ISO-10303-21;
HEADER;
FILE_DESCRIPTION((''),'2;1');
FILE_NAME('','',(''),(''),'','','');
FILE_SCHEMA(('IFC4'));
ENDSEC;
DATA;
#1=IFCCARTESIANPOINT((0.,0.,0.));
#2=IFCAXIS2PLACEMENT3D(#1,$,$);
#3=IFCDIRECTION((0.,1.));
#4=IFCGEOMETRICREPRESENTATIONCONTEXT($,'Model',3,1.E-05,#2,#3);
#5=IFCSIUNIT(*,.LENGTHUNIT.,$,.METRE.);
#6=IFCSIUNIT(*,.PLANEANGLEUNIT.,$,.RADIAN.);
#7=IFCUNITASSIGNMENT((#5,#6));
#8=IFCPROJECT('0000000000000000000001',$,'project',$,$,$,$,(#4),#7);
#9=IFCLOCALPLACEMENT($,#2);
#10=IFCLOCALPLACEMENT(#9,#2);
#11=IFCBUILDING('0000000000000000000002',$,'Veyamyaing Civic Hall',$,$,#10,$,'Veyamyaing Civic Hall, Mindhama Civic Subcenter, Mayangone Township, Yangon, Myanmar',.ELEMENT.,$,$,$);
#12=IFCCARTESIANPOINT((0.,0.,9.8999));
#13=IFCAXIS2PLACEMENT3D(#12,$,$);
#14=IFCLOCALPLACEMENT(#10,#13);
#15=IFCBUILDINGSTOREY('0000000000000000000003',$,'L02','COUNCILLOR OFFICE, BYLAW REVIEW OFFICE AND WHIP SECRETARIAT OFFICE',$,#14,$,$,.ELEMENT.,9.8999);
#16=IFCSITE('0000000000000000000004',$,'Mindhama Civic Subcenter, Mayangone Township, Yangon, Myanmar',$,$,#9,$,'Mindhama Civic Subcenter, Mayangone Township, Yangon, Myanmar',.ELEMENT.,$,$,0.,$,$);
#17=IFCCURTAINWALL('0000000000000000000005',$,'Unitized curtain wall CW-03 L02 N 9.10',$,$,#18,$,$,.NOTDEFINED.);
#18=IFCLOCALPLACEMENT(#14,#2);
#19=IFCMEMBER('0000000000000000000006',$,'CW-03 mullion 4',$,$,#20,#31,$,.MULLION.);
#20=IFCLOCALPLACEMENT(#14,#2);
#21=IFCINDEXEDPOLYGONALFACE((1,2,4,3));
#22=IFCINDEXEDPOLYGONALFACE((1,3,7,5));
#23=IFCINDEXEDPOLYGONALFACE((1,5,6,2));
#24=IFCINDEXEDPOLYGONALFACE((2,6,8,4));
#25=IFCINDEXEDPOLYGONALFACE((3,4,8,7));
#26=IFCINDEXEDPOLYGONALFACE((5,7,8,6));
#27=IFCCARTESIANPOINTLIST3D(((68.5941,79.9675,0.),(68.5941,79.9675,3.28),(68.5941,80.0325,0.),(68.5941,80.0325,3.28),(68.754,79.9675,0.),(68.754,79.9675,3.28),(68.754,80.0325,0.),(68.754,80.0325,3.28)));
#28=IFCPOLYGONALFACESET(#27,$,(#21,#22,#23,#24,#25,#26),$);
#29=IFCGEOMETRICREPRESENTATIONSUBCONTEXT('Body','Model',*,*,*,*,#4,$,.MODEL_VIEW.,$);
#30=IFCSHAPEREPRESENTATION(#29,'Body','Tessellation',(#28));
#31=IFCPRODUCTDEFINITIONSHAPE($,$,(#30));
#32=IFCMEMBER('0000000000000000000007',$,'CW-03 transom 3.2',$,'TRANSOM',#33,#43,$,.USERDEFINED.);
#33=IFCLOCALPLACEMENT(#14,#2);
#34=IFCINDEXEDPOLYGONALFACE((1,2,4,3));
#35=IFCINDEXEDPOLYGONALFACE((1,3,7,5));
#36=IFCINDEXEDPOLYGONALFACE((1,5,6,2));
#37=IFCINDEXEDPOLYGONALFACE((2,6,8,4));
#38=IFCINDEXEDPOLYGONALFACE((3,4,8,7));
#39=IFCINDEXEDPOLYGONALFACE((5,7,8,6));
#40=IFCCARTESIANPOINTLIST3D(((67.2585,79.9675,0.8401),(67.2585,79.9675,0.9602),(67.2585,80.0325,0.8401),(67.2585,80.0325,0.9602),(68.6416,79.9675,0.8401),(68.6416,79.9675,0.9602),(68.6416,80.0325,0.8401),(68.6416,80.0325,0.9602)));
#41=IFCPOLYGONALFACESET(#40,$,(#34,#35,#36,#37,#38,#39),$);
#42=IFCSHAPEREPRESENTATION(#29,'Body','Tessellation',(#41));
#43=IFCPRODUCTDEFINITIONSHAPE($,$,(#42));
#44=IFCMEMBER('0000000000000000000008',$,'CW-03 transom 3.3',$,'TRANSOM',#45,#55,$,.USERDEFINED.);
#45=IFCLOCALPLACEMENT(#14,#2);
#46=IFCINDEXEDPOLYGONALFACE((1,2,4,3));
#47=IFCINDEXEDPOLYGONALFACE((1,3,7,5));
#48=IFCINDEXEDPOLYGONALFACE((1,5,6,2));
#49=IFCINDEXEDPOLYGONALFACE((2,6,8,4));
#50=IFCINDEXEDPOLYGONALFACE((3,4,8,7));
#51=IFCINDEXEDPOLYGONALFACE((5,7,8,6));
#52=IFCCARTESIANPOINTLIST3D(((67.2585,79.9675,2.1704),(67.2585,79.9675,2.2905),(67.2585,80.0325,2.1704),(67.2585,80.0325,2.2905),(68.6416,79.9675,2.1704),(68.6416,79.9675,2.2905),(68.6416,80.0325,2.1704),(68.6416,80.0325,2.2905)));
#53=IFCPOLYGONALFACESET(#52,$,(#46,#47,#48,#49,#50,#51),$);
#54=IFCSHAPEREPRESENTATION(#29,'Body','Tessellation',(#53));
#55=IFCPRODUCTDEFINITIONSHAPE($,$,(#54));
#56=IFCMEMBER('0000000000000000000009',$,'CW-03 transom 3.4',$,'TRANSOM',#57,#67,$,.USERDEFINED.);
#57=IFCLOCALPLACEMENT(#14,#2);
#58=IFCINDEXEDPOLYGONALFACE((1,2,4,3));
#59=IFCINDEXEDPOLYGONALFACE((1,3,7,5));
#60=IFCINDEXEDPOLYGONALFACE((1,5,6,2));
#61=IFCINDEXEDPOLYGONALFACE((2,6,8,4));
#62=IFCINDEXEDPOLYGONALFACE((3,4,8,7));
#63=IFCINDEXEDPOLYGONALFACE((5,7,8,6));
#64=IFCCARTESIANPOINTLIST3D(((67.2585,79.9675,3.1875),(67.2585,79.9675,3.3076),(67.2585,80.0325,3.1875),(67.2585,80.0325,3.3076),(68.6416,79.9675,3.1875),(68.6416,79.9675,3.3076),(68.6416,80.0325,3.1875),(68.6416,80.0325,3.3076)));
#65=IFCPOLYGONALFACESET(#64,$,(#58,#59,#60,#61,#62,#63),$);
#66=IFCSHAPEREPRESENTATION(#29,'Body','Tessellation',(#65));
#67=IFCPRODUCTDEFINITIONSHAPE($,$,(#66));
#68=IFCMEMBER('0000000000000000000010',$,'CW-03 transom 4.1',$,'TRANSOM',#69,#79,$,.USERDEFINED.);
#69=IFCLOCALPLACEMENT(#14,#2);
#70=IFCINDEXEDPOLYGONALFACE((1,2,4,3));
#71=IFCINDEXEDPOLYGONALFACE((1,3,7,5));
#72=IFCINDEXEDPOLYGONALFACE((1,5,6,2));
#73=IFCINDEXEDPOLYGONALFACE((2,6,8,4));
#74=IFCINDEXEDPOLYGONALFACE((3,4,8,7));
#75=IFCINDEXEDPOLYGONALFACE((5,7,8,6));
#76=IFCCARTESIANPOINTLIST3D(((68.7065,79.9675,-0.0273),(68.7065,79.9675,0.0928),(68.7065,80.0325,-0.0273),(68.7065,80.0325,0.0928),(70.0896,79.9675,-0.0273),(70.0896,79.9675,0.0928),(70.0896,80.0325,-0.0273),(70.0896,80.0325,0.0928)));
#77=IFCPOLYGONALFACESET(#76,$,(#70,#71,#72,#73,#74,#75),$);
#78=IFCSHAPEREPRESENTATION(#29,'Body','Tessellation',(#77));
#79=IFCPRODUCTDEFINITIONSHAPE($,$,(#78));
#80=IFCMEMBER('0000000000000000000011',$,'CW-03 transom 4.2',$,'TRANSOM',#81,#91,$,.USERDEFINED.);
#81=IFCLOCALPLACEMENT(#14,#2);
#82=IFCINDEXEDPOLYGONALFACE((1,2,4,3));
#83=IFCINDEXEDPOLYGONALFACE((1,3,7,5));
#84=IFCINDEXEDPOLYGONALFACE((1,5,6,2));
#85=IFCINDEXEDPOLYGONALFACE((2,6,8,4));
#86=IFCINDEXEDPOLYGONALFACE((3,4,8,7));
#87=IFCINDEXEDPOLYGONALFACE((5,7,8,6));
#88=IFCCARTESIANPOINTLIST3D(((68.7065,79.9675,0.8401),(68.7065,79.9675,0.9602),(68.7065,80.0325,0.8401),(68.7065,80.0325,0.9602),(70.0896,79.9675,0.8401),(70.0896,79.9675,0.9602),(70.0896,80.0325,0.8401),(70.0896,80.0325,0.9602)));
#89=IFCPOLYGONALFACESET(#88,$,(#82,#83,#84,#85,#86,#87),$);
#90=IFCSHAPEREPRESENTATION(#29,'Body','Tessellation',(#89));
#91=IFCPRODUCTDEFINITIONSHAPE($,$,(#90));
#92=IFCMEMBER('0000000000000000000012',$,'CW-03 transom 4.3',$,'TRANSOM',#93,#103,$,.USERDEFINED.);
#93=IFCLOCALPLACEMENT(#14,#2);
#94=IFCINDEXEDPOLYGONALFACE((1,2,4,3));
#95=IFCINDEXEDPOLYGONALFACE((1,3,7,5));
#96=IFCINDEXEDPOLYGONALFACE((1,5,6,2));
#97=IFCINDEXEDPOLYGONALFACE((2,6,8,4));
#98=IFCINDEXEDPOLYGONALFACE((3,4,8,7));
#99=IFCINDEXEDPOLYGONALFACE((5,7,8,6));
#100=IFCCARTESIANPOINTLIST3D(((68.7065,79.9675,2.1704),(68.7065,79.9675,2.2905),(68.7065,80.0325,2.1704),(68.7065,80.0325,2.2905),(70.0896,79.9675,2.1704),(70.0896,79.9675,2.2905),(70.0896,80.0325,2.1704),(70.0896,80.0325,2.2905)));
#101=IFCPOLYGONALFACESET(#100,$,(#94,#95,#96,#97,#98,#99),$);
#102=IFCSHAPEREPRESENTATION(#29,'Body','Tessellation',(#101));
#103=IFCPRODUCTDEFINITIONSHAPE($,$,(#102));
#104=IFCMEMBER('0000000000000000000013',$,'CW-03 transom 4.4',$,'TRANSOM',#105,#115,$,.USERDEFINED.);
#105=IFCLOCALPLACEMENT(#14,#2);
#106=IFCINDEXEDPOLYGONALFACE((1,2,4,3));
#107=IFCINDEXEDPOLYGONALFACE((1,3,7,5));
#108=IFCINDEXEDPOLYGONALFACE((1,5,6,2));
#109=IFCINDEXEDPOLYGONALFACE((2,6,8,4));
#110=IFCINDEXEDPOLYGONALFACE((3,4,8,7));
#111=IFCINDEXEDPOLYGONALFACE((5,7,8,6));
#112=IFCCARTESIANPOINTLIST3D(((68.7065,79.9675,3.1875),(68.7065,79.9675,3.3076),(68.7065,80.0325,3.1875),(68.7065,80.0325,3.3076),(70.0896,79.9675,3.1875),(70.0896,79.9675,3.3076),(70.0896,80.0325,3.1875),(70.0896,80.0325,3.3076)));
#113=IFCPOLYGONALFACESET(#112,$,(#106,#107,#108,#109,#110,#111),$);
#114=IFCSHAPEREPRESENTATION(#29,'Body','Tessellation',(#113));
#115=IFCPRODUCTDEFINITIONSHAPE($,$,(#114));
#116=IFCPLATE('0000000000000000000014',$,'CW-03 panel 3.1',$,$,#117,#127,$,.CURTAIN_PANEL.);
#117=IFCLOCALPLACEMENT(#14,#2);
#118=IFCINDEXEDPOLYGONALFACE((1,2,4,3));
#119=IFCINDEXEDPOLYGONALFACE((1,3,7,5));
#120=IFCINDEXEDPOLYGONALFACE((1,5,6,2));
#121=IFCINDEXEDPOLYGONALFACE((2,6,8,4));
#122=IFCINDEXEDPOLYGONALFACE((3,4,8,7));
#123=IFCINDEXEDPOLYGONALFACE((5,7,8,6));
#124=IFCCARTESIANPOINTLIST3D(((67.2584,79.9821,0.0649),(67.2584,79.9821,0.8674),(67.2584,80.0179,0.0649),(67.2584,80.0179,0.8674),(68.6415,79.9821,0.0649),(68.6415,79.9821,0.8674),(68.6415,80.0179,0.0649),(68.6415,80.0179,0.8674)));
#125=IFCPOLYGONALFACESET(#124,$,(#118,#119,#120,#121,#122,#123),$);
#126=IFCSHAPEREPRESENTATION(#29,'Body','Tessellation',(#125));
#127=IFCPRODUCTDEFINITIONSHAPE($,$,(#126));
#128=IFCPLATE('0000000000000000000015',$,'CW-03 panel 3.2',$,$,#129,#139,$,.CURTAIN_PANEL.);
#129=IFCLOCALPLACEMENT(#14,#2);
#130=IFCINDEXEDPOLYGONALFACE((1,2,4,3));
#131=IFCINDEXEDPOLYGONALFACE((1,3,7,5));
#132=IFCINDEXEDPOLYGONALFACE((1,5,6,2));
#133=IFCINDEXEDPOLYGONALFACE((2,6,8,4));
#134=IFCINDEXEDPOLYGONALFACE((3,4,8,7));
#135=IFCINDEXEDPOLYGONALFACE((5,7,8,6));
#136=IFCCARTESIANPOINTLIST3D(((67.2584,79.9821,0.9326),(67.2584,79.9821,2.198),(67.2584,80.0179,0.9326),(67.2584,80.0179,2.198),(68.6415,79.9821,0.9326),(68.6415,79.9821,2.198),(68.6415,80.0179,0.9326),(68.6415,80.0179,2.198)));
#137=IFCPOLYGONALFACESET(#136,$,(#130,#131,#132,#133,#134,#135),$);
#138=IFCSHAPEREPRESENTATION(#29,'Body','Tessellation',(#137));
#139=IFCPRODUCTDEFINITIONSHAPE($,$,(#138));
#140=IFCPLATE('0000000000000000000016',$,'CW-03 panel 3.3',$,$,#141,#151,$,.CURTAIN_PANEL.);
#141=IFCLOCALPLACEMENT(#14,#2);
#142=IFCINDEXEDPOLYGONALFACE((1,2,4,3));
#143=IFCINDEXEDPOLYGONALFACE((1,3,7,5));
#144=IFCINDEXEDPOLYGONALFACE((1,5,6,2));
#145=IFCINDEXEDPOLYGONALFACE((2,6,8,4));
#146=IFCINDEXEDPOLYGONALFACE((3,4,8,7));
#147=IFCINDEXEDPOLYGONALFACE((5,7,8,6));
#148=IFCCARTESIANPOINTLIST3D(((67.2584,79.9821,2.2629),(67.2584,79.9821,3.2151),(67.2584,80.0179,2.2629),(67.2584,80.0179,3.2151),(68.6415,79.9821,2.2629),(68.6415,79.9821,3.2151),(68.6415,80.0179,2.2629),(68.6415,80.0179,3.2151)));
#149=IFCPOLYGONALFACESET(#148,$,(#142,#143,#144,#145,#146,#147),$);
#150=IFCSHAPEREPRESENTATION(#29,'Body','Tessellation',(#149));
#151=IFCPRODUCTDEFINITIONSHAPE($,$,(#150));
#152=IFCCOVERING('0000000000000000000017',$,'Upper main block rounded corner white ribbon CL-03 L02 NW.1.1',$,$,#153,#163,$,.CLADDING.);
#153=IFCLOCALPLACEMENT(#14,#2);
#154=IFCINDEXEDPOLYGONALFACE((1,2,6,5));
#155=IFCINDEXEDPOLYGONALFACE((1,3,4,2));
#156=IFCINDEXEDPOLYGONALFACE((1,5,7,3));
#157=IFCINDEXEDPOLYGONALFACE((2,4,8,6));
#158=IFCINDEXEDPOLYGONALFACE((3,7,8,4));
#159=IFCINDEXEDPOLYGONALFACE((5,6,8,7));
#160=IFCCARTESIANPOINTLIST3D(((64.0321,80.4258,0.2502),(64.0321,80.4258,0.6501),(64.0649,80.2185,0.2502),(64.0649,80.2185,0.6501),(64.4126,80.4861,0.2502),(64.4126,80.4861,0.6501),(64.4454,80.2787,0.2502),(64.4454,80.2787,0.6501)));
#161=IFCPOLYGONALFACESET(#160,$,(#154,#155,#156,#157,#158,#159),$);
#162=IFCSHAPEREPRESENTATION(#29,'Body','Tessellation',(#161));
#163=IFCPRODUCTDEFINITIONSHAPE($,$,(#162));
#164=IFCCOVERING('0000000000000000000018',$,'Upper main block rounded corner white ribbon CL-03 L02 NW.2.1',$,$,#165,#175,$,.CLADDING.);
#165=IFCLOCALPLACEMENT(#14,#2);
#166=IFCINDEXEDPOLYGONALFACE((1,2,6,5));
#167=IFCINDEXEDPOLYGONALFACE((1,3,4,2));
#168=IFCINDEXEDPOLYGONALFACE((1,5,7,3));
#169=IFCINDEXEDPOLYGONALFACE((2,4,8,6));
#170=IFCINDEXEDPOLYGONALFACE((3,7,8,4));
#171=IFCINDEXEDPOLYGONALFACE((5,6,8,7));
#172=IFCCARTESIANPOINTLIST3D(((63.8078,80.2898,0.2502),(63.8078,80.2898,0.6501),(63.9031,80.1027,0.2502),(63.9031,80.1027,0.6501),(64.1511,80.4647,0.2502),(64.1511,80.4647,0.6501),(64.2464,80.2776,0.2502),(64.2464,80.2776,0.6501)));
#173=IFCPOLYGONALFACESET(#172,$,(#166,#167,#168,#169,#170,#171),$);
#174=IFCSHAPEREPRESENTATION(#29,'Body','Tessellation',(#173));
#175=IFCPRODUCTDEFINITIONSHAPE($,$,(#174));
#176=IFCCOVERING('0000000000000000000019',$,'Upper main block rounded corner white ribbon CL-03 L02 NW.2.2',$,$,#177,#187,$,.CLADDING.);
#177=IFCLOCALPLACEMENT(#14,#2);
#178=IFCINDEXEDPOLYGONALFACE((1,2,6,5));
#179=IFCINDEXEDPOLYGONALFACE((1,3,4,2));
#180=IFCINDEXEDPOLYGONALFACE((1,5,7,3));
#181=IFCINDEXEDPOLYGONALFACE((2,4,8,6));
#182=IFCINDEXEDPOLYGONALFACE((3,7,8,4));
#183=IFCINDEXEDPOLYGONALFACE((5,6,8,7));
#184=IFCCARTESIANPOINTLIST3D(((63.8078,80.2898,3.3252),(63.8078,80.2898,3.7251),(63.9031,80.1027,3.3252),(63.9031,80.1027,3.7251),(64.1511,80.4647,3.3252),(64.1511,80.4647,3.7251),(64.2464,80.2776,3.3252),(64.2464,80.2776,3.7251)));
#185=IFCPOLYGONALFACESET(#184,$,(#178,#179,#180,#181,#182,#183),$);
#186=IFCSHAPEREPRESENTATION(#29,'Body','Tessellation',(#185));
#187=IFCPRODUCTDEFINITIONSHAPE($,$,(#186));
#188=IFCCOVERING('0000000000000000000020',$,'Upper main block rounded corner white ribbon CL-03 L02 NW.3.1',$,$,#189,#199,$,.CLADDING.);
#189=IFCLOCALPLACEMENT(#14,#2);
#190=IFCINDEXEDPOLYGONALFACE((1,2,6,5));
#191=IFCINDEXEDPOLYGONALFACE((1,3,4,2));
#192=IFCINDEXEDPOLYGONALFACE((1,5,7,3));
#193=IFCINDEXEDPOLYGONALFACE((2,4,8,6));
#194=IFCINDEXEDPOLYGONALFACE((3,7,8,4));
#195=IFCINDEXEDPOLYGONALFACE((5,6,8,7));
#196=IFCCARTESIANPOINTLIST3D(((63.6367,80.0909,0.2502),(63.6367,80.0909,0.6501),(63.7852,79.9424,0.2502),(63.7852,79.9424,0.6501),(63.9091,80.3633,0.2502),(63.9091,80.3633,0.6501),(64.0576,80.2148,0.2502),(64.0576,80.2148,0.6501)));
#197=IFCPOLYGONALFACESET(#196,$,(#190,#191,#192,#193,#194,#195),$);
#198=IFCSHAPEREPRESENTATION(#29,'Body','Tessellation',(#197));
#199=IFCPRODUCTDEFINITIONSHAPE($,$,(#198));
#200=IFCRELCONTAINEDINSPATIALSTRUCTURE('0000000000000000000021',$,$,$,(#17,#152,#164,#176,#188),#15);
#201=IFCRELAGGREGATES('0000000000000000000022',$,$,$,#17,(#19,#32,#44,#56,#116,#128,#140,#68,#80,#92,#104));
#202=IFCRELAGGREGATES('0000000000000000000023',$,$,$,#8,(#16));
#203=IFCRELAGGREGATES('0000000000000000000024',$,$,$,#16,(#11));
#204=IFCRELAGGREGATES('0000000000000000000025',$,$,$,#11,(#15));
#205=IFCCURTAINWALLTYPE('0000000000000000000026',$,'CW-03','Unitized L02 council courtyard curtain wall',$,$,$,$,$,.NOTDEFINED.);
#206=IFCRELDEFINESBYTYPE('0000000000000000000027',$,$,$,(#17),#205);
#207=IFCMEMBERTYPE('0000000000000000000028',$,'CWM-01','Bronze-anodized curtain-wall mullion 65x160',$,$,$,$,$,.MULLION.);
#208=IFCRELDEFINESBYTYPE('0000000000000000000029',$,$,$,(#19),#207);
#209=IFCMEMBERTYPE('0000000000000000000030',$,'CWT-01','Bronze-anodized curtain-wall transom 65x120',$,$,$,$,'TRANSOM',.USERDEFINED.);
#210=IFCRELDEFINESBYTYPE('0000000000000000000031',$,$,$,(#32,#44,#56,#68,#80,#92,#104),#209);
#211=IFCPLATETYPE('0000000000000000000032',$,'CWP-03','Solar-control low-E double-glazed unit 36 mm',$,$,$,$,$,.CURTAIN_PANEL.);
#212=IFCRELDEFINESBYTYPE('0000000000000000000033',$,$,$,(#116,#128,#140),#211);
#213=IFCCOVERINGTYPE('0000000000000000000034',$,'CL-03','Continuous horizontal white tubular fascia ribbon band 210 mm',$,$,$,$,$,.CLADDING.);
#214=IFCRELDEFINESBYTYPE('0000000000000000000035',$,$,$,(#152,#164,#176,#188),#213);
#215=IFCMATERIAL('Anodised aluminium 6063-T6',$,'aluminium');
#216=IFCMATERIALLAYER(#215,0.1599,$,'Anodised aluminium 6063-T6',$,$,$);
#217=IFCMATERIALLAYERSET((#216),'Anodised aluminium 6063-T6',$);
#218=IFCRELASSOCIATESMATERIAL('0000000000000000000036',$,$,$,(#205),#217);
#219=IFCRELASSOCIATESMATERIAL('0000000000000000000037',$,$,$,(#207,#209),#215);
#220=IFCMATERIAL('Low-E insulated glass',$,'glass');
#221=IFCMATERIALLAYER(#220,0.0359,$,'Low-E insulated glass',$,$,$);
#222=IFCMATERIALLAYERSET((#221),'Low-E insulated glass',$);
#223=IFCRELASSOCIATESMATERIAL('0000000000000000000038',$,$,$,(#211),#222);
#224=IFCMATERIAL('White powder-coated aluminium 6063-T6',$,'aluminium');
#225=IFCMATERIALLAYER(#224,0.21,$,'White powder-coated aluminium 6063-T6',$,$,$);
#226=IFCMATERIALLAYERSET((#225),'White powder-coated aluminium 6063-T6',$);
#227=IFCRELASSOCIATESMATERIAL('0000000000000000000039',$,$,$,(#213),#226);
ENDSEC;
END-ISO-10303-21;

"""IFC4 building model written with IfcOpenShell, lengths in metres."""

from ifc_helpers import new_model, si_unit, direction, frame, origin, origin_2d, place, context, subcontext, project, spatial, rectangle, extrude, material, layer, layer_set, material_profile, profile_set, type_object, element, aggregate, save


model = new_model("IFC4")

# Units and contexts
model_context = context("Model", 3, precision=1e-05, world=origin(), true_north=direction((0.0, 1.0)))
body_context = subcontext(model_context, "Body", "Model", "MODEL_VIEW")
ifc_project = project(units=[si_unit("LENGTHUNIT", "METRE"), si_unit("PLANEANGLEUNIT", "RADIAN")], contexts=[model_context])

# Site, building, storey
site_placement = place(None, origin())
site = spatial("IfcSite", under=ifc_project, at=site_placement, Name="Mindhama Civic Subcenter, Mayangone Township, Yangon, Myanmar", LongName="Mindhama Civic Subcenter, Mayangone Township, Yangon, Myanmar", CompositionType="ELEMENT", RefElevation=0.0)
building_placement = place(site_placement, origin())
building = spatial("IfcBuilding", under=site, at=building_placement, Name="Veyamyaing Civic Hall", LongName="Veyamyaing Civic Hall, Mindhama Civic Subcenter, Mayangone Township, Yangon, Myanmar", CompositionType="ELEMENT")
storey_placement = place(building_placement, frame((0.0, 0.0, 9.8999)))
storey = spatial("IfcBuildingStorey", under=building, at=storey_placement, Name="L02", Description="COUNCILLOR OFFICE, BYLAW REVIEW OFFICE AND WHIP SECRETARIAT OFFICE", CompositionType="ELEMENT", Elevation=9.8999)

# Curtain wall, members, plates
ifc_material_1 = material(Name="Anodised aluminium 6063-T6", Category="aluminium")
ifc_layer_1 = layer(ifc_material_1, 0.1599, Name="Anodised aluminium 6063-T6")
ifc_layer_set_1 = layer_set([ifc_layer_1], Name="Anodised aluminium 6063-T6")
curtain_wall_type = type_object("IfcCurtainWallType", Name="CW-03", Description="Unitized L02 council courtyard curtain wall", PredefinedType="NOTDEFINED", material=ifc_layer_set_1)
curtain_wall_placement = place(storey_placement, origin())
curtain_wall = element("IfcCurtainWall", 1, at=curtain_wall_placement, inside=storey, type_object=curtain_wall_type, Name="Unitized curtain wall CW-03 L02 N 9.10", PredefinedType="NOTDEFINED")
ifc_material_profile_1 = material_profile(ifc_material_1, rectangle(XDim=0.0649, YDim=0.1599, at=origin_2d()), Name="ALU-MUL-65X160")
ifc_profile_set_1 = profile_set([ifc_material_profile_1], Name="Anodised aluminium 6063-T6")
member_type_1 = type_object("IfcMemberType", Name="CWM-01", Description="Bronze-anodized curtain-wall mullion 65x160", PredefinedType="MULLION", material=ifc_profile_set_1)
member_1_placement = place(storey_placement, frame((68.6741, 80.0, 0.0), z_axis=(0.0, 0.0, 1.0), x_axis=(0.0, 1.0, 0.0)))
member_1 = element("IfcMember", 2, at=member_1_placement, type_object=member_type_1, Name="CW-03 mullion 4", PredefinedType="MULLION", context=body_context, shape_type="SweptSolid", body=[
    extrude(rectangle(XDim=0.0649, YDim=0.1599, at=origin_2d()), origin(), (0.0, 0.0, 1.0), 3.28),
])
ifc_material_profile_2 = material_profile(ifc_material_1, rectangle(XDim=0.0649, YDim=0.1201, at=origin_2d()), Name="ALU-TRN-65X120")
ifc_profile_set_2 = profile_set([ifc_material_profile_2], Name="Anodised aluminium 6063-T6")
member_type_2 = type_object("IfcMemberType", Name="CWT-01", Description="Bronze-anodized curtain-wall transom 65x120", ElementType="TRANSOM", PredefinedType="USERDEFINED", material=ifc_profile_set_2)
member_2_placement = place(storey_placement, frame((67.2585, 80.0, 0.9001), z_axis=(1.0, 0.0, 0.0), x_axis=(0.0, 1.0, 0.0)))
member_2 = element("IfcMember", 3, at=member_2_placement, type_object=member_type_2, Name="CW-03 transom 3.2", ObjectType="TRANSOM", PredefinedType="USERDEFINED", context=body_context, shape_type="SweptSolid", body=[
    extrude(rectangle(XDim=0.0649, YDim=0.1201, at=origin_2d()), origin(), (0.0, 0.0, 1.0), 1.3831),
])
member_3_placement = place(storey_placement, frame((67.2585, 80.0, 2.2305), z_axis=(1.0, 0.0, 0.0), x_axis=(0.0, 1.0, 0.0)))
member_3 = element("IfcMember", 4, at=member_3_placement, type_object=member_type_2, Name="CW-03 transom 3.3", ObjectType="TRANSOM", PredefinedType="USERDEFINED", context=body_context, shape_type="SweptSolid", body=[
    extrude(rectangle(XDim=0.0649, YDim=0.1201, at=origin_2d()), origin(), (0.0, 0.0, 1.0), 1.3831),
])
member_4_placement = place(storey_placement, frame((67.2585, 80.0, 3.2476), z_axis=(1.0, 0.0, 0.0), x_axis=(0.0, 1.0, 0.0)))
member_4 = element("IfcMember", 5, at=member_4_placement, type_object=member_type_2, Name="CW-03 transom 3.4", ObjectType="TRANSOM", PredefinedType="USERDEFINED", context=body_context, shape_type="SweptSolid", body=[
    extrude(rectangle(XDim=0.0649, YDim=0.1201, at=origin_2d()), origin(), (0.0, 0.0, 1.0), 1.3831),
])
member_5_placement = place(storey_placement, frame((68.7065, 80.0, 0.0327), z_axis=(1.0, 0.0, 0.0), x_axis=(0.0, 1.0, 0.0)))
member_5 = element("IfcMember", 6, at=member_5_placement, type_object=member_type_2, Name="CW-03 transom 4.1", ObjectType="TRANSOM", PredefinedType="USERDEFINED", context=body_context, shape_type="SweptSolid", body=[
    extrude(rectangle(XDim=0.0649, YDim=0.1201, at=origin_2d()), origin(), (0.0, 0.0, 1.0), 1.3831),
])
member_6_placement = place(storey_placement, frame((68.7065, 80.0, 0.9001), z_axis=(1.0, 0.0, 0.0), x_axis=(0.0, 1.0, 0.0)))
member_6 = element("IfcMember", 7, at=member_6_placement, type_object=member_type_2, Name="CW-03 transom 4.2", ObjectType="TRANSOM", PredefinedType="USERDEFINED", context=body_context, shape_type="SweptSolid", body=[
    extrude(rectangle(XDim=0.0649, YDim=0.1201, at=origin_2d()), origin(), (0.0, 0.0, 1.0), 1.3831),
])
member_7_placement = place(storey_placement, frame((68.7065, 80.0, 2.2305), z_axis=(1.0, 0.0, 0.0), x_axis=(0.0, 1.0, 0.0)))
member_7 = element("IfcMember", 8, at=member_7_placement, type_object=member_type_2, Name="CW-03 transom 4.3", ObjectType="TRANSOM", PredefinedType="USERDEFINED", context=body_context, shape_type="SweptSolid", body=[
    extrude(rectangle(XDim=0.0649, YDim=0.1201, at=origin_2d()), origin(), (0.0, 0.0, 1.0), 1.3831),
])
member_8_placement = place(storey_placement, frame((68.7065, 80.0, 3.2476), z_axis=(1.0, 0.0, 0.0), x_axis=(0.0, 1.0, 0.0)))
member_8 = element("IfcMember", 9, at=member_8_placement, type_object=member_type_2, Name="CW-03 transom 4.4", ObjectType="TRANSOM", PredefinedType="USERDEFINED", context=body_context, shape_type="SweptSolid", body=[
    extrude(rectangle(XDim=0.0649, YDim=0.1201, at=origin_2d()), origin(), (0.0, 0.0, 1.0), 1.3831),
])
ifc_material_2 = material(Name="Low-E insulated glass", Category="glass")
ifc_layer_2 = layer(ifc_material_2, 0.0359, Name="Low-E insulated glass")
ifc_layer_set_2 = layer_set([ifc_layer_2], Name="Low-E insulated glass")
plate_type = type_object("IfcPlateType", Name="CWP-03", Description="Solar-control low-E double-glazed unit 36 mm", PredefinedType="CURTAIN_PANEL", material=ifc_layer_set_2)
plate_1_placement = place(storey_placement, frame((67.95, 80.0, 0.0649), z_axis=(0.0, 0.0, 1.0), x_axis=(1.0, 0.0, 0.0)))
plate_1 = element("IfcPlate", 10, at=plate_1_placement, type_object=plate_type, Name="CW-03 panel 3.1", PredefinedType="CURTAIN_PANEL", context=body_context, shape_type="SweptSolid", body=[
    extrude(rectangle(XDim=1.3831, YDim=0.0359, at=origin_2d()), origin(), (0.0, 0.0, 1.0), 0.8025),
])
plate_2_placement = place(storey_placement, frame((67.95, 80.0, 0.9326), z_axis=(0.0, 0.0, 1.0), x_axis=(1.0, 0.0, 0.0)))
plate_2 = element("IfcPlate", 11, at=plate_2_placement, type_object=plate_type, Name="CW-03 panel 3.2", PredefinedType="CURTAIN_PANEL", context=body_context, shape_type="SweptSolid", body=[
    extrude(rectangle(XDim=1.3831, YDim=0.0359, at=origin_2d()), origin(), (0.0, 0.0, 1.0), 1.2654),
])
plate_3_placement = place(storey_placement, frame((67.95, 80.0, 2.2629), z_axis=(0.0, 0.0, 1.0), x_axis=(1.0, 0.0, 0.0)))
plate_3 = element("IfcPlate", 12, at=plate_3_placement, type_object=plate_type, Name="CW-03 panel 3.3", PredefinedType="CURTAIN_PANEL", context=body_context, shape_type="SweptSolid", body=[
    extrude(rectangle(XDim=1.3831, YDim=0.0359, at=origin_2d()), origin(), (0.0, 0.0, 1.0), 0.9521),
])
aggregate(curtain_wall, [member_1, member_2, member_3, member_4, plate_1, plate_2, plate_3, member_5, member_6, member_7, member_8])

# Coverings
ifc_material_3 = material(Name="White powder-coated aluminium 6063-T6", Category="aluminium")
ifc_layer_3 = layer(ifc_material_3, 0.21, Name="White powder-coated aluminium 6063-T6")
ifc_layer_set_3 = layer_set([ifc_layer_3], Name="White powder-coated aluminium 6063-T6")
covering_type = type_object("IfcCoveringType", Name="CL-03", Description="Continuous horizontal white tubular fascia ribbon band 210 mm", PredefinedType="CLADDING", material=ifc_layer_set_3)
for number, where, z_axis, x_axis, name in (
    (13, (64.2388, 80.3523, 0.2502), (0.0, 0.0, 1.0), (-0.987688, -0.156434, 0.0), "Upper main block rounded corner white ribbon CL-03 L02 NW.1.1"),
    (14, (64.0271, 80.2837, 0.2502), (0.0, 0.0, 1.0), (-0.891007, -0.45399, 0.0), "Upper main block rounded corner white ribbon CL-03 L02 NW.2.1"),
    (15, (64.0271, 80.2837, 3.3252), (0.0, 0.0, 1.0), (-0.891007, -0.45399, 0.0), "Upper main block rounded corner white ribbon CL-03 L02 NW.2.2"),
    (16, (63.8472, 80.1528, 0.2502), (0.0, 0.0, 1.0), (-0.707107, -0.707107, 0.0), "Upper main block rounded corner white ribbon CL-03 L02 NW.3.1"),
):
    element("IfcCovering", number, at=place(storey_placement, frame(where, z_axis=z_axis, x_axis=x_axis)), inside=storey, type_object=covering_type, Name=name, PredefinedType="CLADDING", context=body_context, shape_type="SweptSolid", body=[
        extrude(rectangle(XDim=0.3853, YDim=0.21, at=origin_2d()), origin(), (0.0, 0.0, 1.0), 0.3999),
    ])

save(model, "model.ifc")
